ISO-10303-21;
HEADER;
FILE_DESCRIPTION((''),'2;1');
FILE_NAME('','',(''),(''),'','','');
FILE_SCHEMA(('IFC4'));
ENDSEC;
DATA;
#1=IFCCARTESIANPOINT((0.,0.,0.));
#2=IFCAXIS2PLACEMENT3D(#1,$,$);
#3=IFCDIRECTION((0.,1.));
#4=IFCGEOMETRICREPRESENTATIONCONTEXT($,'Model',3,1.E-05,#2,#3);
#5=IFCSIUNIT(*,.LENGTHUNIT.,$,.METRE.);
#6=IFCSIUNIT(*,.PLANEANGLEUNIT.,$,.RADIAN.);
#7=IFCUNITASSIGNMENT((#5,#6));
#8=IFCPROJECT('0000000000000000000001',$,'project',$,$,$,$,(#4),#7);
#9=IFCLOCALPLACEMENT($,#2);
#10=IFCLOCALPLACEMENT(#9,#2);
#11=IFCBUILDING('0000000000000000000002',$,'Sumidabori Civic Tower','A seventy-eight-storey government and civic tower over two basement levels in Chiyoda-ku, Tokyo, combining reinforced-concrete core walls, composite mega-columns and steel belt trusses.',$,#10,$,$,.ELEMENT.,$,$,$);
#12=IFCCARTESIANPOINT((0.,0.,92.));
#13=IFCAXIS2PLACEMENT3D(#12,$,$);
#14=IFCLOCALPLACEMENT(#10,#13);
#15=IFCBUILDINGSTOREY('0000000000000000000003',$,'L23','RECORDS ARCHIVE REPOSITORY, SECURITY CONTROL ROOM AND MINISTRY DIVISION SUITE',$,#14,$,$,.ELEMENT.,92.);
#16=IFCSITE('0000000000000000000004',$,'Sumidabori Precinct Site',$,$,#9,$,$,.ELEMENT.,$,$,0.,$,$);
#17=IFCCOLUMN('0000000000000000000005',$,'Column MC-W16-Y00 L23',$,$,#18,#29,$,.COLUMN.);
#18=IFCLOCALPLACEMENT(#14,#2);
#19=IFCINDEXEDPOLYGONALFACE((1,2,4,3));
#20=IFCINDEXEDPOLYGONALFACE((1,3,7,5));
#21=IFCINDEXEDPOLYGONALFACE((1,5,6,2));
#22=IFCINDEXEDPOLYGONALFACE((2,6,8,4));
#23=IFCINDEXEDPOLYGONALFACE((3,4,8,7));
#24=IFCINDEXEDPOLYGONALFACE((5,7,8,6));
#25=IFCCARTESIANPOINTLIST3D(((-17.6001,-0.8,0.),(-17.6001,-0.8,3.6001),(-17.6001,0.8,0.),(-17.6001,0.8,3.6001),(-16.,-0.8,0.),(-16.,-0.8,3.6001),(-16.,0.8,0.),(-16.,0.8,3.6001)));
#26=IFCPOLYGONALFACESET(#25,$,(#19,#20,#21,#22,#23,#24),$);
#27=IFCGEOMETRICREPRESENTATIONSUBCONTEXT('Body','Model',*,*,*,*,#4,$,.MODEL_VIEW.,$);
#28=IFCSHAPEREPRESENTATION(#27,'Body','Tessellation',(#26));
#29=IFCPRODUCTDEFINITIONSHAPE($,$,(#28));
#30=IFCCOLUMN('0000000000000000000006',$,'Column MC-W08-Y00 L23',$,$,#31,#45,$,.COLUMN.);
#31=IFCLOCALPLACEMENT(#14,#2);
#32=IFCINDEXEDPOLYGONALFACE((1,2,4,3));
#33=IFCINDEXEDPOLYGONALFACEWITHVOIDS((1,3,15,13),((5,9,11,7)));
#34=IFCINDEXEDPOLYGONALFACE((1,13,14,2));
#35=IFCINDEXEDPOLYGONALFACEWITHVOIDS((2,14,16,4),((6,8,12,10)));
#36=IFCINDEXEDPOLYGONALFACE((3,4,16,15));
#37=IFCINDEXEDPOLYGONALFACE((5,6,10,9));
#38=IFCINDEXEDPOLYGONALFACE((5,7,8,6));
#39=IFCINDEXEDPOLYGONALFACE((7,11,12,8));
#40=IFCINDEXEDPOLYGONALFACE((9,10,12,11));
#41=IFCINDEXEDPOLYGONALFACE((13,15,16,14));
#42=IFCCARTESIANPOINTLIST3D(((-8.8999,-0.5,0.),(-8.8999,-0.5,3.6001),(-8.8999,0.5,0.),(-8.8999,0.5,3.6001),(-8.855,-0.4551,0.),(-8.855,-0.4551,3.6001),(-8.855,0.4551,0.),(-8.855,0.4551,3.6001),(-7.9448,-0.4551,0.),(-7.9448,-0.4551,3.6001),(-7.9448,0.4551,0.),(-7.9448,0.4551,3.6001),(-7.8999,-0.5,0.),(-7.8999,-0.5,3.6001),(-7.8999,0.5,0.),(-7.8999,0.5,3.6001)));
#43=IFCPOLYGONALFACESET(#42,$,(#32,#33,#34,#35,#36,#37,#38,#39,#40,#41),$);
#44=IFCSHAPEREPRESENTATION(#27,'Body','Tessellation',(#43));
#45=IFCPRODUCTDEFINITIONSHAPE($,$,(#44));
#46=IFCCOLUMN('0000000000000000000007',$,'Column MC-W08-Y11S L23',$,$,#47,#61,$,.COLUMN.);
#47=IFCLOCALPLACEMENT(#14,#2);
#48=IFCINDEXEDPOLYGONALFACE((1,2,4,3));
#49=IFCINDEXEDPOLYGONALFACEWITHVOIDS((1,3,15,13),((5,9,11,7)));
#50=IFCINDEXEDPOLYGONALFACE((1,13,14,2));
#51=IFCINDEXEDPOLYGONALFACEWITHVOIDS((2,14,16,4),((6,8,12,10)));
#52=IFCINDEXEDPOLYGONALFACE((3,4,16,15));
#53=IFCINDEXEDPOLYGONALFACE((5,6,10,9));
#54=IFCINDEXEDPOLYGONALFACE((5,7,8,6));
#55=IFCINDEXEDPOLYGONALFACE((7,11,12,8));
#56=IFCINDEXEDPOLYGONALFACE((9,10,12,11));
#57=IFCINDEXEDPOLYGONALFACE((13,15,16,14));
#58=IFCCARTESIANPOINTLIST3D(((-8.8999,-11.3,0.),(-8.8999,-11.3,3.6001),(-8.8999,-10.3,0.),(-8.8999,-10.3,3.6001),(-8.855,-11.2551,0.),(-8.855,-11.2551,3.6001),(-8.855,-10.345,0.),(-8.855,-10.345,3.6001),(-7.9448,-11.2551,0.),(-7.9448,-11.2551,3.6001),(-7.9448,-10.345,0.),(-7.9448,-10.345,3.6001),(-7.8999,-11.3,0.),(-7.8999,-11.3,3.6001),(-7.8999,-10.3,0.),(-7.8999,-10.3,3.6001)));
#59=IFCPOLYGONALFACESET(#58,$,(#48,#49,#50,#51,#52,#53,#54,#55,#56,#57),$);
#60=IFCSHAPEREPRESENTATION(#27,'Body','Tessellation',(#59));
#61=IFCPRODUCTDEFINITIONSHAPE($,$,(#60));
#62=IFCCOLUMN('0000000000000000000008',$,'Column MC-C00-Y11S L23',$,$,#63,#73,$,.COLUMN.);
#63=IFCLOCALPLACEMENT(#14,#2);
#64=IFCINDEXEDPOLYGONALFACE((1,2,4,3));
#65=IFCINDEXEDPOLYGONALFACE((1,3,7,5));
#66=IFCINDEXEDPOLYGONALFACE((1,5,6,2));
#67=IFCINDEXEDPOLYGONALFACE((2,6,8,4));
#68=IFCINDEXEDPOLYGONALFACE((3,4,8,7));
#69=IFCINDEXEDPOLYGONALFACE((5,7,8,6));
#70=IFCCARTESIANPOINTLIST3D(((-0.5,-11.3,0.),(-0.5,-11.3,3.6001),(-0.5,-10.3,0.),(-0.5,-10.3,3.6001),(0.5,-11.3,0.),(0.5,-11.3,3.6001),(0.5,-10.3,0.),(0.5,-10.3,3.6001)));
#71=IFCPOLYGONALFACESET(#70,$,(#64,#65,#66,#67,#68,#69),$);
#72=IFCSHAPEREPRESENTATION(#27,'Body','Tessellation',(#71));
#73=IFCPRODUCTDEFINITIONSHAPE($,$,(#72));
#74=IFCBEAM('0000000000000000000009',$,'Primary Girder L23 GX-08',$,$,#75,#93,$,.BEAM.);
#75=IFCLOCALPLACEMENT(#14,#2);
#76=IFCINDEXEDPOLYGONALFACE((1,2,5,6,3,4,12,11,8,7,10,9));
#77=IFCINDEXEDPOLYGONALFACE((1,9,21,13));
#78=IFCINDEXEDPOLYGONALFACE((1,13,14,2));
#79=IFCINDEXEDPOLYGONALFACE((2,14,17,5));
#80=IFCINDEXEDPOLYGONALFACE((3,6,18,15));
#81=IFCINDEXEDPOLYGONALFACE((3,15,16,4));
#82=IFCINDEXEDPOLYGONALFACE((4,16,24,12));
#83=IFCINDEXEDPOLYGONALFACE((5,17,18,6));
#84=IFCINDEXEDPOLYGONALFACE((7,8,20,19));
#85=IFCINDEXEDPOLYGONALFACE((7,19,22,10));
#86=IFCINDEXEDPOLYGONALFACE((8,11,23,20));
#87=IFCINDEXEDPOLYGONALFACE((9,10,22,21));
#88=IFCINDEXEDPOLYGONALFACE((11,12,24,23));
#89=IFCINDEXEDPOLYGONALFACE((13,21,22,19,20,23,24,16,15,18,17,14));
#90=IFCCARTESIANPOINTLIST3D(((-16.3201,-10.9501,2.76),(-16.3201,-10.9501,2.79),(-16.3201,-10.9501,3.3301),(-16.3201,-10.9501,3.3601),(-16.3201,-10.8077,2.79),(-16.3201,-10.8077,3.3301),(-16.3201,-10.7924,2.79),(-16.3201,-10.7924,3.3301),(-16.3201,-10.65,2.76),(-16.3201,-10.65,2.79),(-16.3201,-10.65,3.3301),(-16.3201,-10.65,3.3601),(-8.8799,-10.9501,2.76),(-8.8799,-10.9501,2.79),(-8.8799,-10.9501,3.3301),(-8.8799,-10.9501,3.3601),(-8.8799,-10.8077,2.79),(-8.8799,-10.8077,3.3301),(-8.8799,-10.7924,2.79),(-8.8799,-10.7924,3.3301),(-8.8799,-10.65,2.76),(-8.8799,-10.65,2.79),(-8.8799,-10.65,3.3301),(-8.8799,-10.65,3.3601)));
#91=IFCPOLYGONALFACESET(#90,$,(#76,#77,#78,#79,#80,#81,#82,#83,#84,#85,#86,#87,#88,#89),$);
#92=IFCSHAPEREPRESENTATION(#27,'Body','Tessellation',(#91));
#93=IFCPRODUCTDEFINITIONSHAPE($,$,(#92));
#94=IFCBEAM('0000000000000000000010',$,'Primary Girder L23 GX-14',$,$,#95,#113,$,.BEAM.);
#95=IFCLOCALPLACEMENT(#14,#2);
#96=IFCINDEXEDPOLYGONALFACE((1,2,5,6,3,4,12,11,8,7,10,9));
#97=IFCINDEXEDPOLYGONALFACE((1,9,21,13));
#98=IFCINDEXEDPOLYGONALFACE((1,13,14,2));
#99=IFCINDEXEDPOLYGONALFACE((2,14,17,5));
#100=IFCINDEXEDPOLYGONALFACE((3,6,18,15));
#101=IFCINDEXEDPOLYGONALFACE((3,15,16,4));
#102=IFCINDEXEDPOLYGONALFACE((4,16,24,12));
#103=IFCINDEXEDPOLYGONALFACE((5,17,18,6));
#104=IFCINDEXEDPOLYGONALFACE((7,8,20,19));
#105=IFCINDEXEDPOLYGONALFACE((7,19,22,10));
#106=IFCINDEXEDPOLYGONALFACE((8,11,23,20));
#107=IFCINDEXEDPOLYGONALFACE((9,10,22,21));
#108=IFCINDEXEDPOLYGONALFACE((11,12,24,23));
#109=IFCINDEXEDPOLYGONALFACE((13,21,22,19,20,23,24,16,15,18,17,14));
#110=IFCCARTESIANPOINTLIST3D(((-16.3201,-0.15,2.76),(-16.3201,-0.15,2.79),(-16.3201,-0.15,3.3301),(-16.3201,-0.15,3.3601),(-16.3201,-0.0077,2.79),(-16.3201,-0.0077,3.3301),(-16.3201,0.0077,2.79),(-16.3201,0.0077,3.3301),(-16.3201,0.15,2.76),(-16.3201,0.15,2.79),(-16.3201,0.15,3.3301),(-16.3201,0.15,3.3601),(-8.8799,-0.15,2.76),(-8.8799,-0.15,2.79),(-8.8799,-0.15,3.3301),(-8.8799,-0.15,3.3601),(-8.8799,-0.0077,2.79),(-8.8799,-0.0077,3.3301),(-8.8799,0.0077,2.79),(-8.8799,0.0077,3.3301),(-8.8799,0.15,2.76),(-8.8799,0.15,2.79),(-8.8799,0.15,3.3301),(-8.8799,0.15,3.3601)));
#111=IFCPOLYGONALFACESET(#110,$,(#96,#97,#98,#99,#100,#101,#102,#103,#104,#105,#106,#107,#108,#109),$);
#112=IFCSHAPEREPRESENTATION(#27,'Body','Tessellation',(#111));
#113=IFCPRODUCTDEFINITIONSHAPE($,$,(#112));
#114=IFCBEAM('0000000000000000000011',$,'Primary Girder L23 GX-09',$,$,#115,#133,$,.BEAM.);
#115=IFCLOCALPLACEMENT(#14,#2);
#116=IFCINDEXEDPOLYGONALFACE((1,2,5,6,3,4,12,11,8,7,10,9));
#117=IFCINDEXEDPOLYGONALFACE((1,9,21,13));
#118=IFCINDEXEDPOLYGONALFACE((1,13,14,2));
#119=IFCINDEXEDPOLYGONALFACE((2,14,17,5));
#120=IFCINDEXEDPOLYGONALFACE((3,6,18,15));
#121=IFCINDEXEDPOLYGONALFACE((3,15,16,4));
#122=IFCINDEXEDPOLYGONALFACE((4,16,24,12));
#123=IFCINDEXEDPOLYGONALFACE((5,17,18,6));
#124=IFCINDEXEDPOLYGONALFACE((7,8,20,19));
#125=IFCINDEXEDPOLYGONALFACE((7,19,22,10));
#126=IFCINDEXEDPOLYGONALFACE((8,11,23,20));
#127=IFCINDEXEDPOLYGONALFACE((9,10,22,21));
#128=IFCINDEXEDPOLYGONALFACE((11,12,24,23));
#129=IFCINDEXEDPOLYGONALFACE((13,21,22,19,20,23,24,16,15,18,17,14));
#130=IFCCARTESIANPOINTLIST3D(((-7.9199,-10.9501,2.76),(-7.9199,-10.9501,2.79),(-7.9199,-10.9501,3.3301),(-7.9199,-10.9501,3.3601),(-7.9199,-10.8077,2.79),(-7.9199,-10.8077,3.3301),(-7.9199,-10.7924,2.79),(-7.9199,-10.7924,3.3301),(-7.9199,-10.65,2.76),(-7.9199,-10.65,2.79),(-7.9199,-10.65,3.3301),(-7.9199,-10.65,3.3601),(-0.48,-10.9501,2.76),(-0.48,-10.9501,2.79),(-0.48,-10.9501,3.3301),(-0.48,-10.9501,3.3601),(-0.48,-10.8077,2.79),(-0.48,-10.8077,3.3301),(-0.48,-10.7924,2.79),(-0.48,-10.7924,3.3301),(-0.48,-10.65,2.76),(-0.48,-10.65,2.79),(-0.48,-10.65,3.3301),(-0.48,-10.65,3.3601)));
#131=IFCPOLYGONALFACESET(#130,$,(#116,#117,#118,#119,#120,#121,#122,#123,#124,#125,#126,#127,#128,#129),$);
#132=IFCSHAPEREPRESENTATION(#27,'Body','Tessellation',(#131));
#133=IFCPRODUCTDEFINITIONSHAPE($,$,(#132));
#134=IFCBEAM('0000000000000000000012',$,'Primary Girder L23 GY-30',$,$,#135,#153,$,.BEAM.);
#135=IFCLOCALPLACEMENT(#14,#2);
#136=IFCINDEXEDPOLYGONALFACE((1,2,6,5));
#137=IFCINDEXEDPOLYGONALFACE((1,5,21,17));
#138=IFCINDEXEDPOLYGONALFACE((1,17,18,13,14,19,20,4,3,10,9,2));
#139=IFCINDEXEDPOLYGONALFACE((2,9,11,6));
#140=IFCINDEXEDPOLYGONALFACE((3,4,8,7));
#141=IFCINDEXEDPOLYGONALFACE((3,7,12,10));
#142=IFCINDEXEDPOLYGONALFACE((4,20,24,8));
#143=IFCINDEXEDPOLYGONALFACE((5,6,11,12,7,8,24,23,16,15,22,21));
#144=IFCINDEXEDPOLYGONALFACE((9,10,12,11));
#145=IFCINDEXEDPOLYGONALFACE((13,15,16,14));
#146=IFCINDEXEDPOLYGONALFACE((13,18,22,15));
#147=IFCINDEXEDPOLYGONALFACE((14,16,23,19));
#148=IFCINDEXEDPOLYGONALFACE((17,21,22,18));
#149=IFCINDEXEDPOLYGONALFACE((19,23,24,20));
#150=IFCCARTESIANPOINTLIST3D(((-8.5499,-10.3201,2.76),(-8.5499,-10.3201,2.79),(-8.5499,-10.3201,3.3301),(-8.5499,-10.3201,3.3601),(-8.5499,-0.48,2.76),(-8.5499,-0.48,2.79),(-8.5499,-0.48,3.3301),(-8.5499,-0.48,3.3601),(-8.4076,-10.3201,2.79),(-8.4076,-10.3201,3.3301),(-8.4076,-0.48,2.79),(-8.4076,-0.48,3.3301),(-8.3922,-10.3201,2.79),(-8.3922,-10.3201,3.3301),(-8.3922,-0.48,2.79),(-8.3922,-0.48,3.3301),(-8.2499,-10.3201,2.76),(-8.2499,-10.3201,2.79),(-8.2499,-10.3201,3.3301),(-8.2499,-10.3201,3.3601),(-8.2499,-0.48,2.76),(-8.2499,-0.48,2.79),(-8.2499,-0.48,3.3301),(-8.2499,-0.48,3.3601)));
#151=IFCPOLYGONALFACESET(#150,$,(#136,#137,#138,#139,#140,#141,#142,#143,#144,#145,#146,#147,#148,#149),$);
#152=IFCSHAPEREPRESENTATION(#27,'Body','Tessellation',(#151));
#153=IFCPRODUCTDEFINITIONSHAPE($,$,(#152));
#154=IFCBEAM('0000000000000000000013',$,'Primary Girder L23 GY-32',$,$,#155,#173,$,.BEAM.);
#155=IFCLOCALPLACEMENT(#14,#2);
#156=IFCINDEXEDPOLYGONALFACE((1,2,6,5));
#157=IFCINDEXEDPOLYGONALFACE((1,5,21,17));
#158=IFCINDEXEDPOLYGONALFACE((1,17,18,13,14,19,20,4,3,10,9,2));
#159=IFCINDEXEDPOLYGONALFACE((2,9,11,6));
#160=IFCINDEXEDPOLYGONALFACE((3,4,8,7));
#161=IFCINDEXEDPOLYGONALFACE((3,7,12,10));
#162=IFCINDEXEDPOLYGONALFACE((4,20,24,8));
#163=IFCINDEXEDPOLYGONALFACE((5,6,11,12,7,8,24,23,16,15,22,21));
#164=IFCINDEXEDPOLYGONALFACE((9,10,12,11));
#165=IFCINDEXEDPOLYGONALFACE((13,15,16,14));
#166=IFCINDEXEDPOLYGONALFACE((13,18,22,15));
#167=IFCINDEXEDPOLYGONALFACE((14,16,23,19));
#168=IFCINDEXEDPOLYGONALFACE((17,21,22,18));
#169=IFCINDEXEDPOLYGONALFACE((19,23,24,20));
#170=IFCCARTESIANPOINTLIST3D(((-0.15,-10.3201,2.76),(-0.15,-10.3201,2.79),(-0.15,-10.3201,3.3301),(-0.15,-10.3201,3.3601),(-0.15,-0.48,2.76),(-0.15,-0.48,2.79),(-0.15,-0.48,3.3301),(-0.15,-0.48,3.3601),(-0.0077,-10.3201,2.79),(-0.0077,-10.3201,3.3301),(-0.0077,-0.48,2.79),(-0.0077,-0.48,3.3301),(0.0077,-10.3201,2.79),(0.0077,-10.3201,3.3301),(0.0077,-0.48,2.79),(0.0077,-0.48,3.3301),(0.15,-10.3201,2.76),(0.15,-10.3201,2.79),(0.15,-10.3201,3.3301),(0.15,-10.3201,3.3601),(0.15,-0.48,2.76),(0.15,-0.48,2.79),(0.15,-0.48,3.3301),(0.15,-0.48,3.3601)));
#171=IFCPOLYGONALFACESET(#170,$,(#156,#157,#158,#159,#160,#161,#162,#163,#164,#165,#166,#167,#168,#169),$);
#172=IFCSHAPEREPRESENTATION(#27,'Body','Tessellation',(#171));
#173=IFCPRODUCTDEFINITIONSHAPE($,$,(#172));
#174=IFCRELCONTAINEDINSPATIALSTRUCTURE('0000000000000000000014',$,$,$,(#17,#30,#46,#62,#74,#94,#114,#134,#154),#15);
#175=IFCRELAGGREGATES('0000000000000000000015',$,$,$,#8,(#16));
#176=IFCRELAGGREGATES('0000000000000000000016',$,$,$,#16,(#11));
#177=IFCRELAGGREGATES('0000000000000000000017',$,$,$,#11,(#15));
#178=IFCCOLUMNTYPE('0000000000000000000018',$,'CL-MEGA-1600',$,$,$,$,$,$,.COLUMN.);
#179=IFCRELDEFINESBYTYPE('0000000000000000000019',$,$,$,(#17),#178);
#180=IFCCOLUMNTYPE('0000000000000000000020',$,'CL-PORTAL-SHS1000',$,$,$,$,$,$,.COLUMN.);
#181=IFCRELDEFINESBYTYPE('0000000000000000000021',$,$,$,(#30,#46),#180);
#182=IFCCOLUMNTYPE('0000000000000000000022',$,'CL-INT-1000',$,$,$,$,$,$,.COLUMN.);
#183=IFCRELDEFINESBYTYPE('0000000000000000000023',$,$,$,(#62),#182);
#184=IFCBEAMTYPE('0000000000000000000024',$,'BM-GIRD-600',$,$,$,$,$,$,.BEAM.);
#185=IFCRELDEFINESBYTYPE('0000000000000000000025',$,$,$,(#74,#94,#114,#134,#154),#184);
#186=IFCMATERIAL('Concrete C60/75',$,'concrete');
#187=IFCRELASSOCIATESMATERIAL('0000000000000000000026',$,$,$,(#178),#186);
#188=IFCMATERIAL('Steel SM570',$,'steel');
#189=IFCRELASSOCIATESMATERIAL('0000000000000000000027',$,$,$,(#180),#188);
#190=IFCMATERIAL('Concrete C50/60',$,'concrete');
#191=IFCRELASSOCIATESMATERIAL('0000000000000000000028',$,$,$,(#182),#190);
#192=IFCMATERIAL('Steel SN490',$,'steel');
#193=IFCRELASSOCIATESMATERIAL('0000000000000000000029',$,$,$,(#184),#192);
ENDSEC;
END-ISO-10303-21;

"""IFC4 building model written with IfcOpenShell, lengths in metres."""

from ifc_helpers import new_model, si_unit, direction, frame, origin, origin_2d, place, context, subcontext, project, spatial, rectangle, hollow_rectangle, i_section, extrude, source, transform, mapped, material, material_profile, profile_set, type_object, element, save


model = new_model("IFC4")

# Units and contexts
model_context = context("Model", 3, precision=1e-05, world=origin(), true_north=direction((0.0, 1.0)))
body_context = subcontext(model_context, "Body", "Model", "MODEL_VIEW")
ifc_project = project(units=[si_unit("LENGTHUNIT", "METRE"), si_unit("PLANEANGLEUNIT", "RADIAN")], contexts=[model_context])

# Site, building, storey
site_placement = place(None, origin())
site = spatial("IfcSite", under=ifc_project, at=site_placement, Name="Sumidabori Precinct Site", CompositionType="ELEMENT", RefElevation=0.0)
building_placement = place(site_placement, origin())
building = spatial("IfcBuilding", under=site, at=building_placement, Name="Sumidabori Civic Tower", Description="A seventy-eight-storey government and civic tower over two basement levels in Chiyoda-ku, Tokyo, combining reinforced-concrete core walls, composite mega-columns and steel belt trusses.", CompositionType="ELEMENT")
storey_placement = place(building_placement, frame((0.0, 0.0, 92.0)))
storey = spatial("IfcBuildingStorey", under=building, at=storey_placement, Name="L23", Description="RECORDS ARCHIVE REPOSITORY, SECURITY CONTROL ROOM AND MINISTRY DIVISION SUITE", CompositionType="ELEMENT", Elevation=92.0)

# Columns
ifc_material_1 = material(Name="Concrete C60/75", Category="concrete")
ifc_material_profile_1 = material_profile(ifc_material_1, rectangle(XDim=1.6001, YDim=1.6001, at=origin_2d()), Name="RC 1600x1600")
ifc_profile_set_1 = profile_set([ifc_material_profile_1], Name="Concrete C60/75")
column_type_1 = type_object("IfcColumnType", Name="CL-MEGA-1600", PredefinedType="COLUMN", material=ifc_profile_set_1)
shared_shape_1 = source(origin(), body_context, "Body", "SweptSolid", [
    extrude(rectangle(XDim=1.6001, YDim=1.6001, at=origin_2d()), origin(), (0.0, 0.0, 1.0), 3.6001),
])
column_1_placement = place(storey_placement, frame((-16.8, 0.0, 0.0), z_axis=(0.0, 0.0, 1.0), x_axis=(1.0, 0.0, 0.0)))
element("IfcColumn", 1, at=column_1_placement, inside=storey, type_object=column_type_1, Name="Column MC-W16-Y00 L23", PredefinedType="COLUMN", context=body_context, shape_type="MappedRepresentation", body=[
    mapped(shared_shape_1, transform((0.0, 0.0, 0.0), x_axis=(1.0, 0.0, 0.0), y_axis=(0.0, 1.0, 0.0), z_axis=(0.0, 0.0, 1.0), scale=1.0)),
])
ifc_material_2 = material(Name="Steel SM570", Category="steel")
ifc_material_profile_2 = material_profile(ifc_material_2, hollow_rectangle(XDim=1.0, YDim=1.0, WallThickness=0.0449, at=origin_2d()), Name="SHS 1000x1000x45")
ifc_profile_set_2 = profile_set([ifc_material_profile_2], Name="Steel SM570")
column_type_2 = type_object("IfcColumnType", Name="CL-PORTAL-SHS1000", PredefinedType="COLUMN", material=ifc_profile_set_2)
shared_shape_2 = source(origin(), body_context, "Body", "SweptSolid", [
    extrude(hollow_rectangle(XDim=1.0, YDim=1.0, WallThickness=0.0449, at=origin_2d()), origin(), (0.0, 0.0, 1.0), 3.6001),
])
for number, where, z_axis, x_axis, name in (
    (2, (-8.3999, 0.0, 0.0), (0.0, 0.0, 1.0), (1.0, 0.0, 0.0), "Column MC-W08-Y00 L23"),
    (3, (-8.3999, -10.8, 0.0), (0.0, 0.0, 1.0), (1.0, 0.0, 0.0), "Column MC-W08-Y11S L23"),
):
    element("IfcColumn", number, at=place(storey_placement, frame(where, z_axis=z_axis, x_axis=x_axis)), inside=storey, type_object=column_type_2, Name=name, PredefinedType="COLUMN", context=body_context, shape_type="MappedRepresentation", body=[
        mapped(shared_shape_2, transform((0.0, 0.0, 0.0), x_axis=(1.0, 0.0, 0.0), y_axis=(0.0, 1.0, 0.0), z_axis=(0.0, 0.0, 1.0), scale=1.0)),
    ])
ifc_material_3 = material(Name="Concrete C50/60", Category="concrete")
ifc_material_profile_3 = material_profile(ifc_material_3, rectangle(XDim=1.0, YDim=1.0, at=origin_2d()), Name="RC 1000x1000")
ifc_profile_set_3 = profile_set([ifc_material_profile_3], Name="Concrete C50/60")
column_type_3 = type_object("IfcColumnType", Name="CL-INT-1000", PredefinedType="COLUMN", material=ifc_profile_set_3)
shared_shape_3 = source(origin(), body_context, "Body", "SweptSolid", [
    extrude(rectangle(XDim=1.0, YDim=1.0, at=origin_2d()), origin(), (0.0, 0.0, 1.0), 3.6001),
])
column_2_placement = place(storey_placement, frame((0.0, -10.8, 0.0), z_axis=(0.0, 0.0, 1.0), x_axis=(1.0, 0.0, 0.0)))
element("IfcColumn", 4, at=column_2_placement, inside=storey, type_object=column_type_3, Name="Column MC-C00-Y11S L23", PredefinedType="COLUMN", context=body_context, shape_type="MappedRepresentation", body=[
    mapped(shared_shape_3, transform((0.0, 0.0, 0.0), x_axis=(1.0, 0.0, 0.0), y_axis=(0.0, 1.0, 0.0), z_axis=(0.0, 0.0, 1.0), scale=1.0)),
])

# Beams
ifc_material_4 = material(Name="Steel SN490", Category="steel")
ifc_material_profile_4 = material_profile(ifc_material_4, i_section(OverallWidth=0.3, OverallDepth=0.6001, WebThickness=0.0154, FlangeThickness=0.03, at=origin_2d()), Name="HE 600 B")
ifc_profile_set_4 = profile_set([ifc_material_profile_4], Name="Steel SN490")
beam_type_1 = type_object("IfcBeamType", Name="BM-GIRD-600", PredefinedType="BEAM", material=ifc_profile_set_4)
shared_shape_4 = source(origin(), body_context, "Body", "SweptSolid", [
    extrude(i_section(OverallWidth=0.3, OverallDepth=0.6001, WebThickness=0.0154, FlangeThickness=0.03, at=origin_2d()), origin(), (0.0, 0.0, 1.0), 7.4402),
])
for number, where, z_axis, x_axis, name in (
    (5, (-16.3201, -10.8, 3.0601), (1.0, 0.0, 0.0), (0.0, 1.0, 0.0), "Primary Girder L23 GX-08"),
    (6, (-16.3201, 0.0, 3.0601), (1.0, 0.0, 0.0), (0.0, 1.0, 0.0), "Primary Girder L23 GX-14"),
):
    element("IfcBeam", number, at=place(storey_placement, frame(where, z_axis=z_axis, x_axis=x_axis)), inside=storey, type_object=beam_type_1, Name=name, PredefinedType="BEAM", context=body_context, shape_type="MappedRepresentation", body=[
        mapped(shared_shape_4, transform((0.0, 0.0, 0.0), x_axis=(1.0, 0.0, 0.0), y_axis=(0.0, 1.0, 0.0), z_axis=(0.0, 0.0, 1.0), scale=1.0)),
    ])
shared_shape_5 = source(origin(), body_context, "Body", "SweptSolid", [
    extrude(i_section(OverallWidth=0.3, OverallDepth=0.6001, WebThickness=0.0154, FlangeThickness=0.03, at=origin_2d()), origin(), (0.0, 0.0, 1.0), 7.4399),
])
beam_placement = place(storey_placement, frame((-7.9199, -10.8, 3.0601), z_axis=(1.0, 0.0, 0.0), x_axis=(0.0, 1.0, 0.0)))
element("IfcBeam", 7, at=beam_placement, inside=storey, type_object=beam_type_1, Name="Primary Girder L23 GX-09", PredefinedType="BEAM", context=body_context, shape_type="MappedRepresentation", body=[
    mapped(shared_shape_5, transform((0.0, 0.0, 0.0), x_axis=(1.0, 0.0, 0.0), y_axis=(0.0, 1.0, 0.0), z_axis=(0.0, 0.0, 1.0), scale=1.0)),
])
shared_shape_6 = source(origin(), body_context, "Body", "SweptSolid", [
    extrude(i_section(OverallWidth=0.3, OverallDepth=0.6001, WebThickness=0.0154, FlangeThickness=0.03, at=origin_2d()), origin(), (0.0, 0.0, 1.0), 9.8401),
])
for number, where, z_axis, x_axis, name in (
    (8, (-8.3999, -10.3201, 3.0601), (0.0, 1.0, 0.0), (-1.0, 0.0, 0.0), "Primary Girder L23 GY-30"),
    (9, (0.0, -10.3201, 3.0601), (0.0, 1.0, 0.0), (-1.0, 0.0, 0.0), "Primary Girder L23 GY-32"),
):
    element("IfcBeam", number, at=place(storey_placement, frame(where, z_axis=z_axis, x_axis=x_axis)), inside=storey, type_object=beam_type_1, Name=name, PredefinedType="BEAM", context=body_context, shape_type="MappedRepresentation", body=[
        mapped(shared_shape_6, transform((0.0, 0.0, 0.0), x_axis=(1.0, 0.0, 0.0), y_axis=(0.0, 1.0, 0.0), z_axis=(0.0, 0.0, 1.0), scale=1.0)),
    ])

save(model, "model.ifc")
